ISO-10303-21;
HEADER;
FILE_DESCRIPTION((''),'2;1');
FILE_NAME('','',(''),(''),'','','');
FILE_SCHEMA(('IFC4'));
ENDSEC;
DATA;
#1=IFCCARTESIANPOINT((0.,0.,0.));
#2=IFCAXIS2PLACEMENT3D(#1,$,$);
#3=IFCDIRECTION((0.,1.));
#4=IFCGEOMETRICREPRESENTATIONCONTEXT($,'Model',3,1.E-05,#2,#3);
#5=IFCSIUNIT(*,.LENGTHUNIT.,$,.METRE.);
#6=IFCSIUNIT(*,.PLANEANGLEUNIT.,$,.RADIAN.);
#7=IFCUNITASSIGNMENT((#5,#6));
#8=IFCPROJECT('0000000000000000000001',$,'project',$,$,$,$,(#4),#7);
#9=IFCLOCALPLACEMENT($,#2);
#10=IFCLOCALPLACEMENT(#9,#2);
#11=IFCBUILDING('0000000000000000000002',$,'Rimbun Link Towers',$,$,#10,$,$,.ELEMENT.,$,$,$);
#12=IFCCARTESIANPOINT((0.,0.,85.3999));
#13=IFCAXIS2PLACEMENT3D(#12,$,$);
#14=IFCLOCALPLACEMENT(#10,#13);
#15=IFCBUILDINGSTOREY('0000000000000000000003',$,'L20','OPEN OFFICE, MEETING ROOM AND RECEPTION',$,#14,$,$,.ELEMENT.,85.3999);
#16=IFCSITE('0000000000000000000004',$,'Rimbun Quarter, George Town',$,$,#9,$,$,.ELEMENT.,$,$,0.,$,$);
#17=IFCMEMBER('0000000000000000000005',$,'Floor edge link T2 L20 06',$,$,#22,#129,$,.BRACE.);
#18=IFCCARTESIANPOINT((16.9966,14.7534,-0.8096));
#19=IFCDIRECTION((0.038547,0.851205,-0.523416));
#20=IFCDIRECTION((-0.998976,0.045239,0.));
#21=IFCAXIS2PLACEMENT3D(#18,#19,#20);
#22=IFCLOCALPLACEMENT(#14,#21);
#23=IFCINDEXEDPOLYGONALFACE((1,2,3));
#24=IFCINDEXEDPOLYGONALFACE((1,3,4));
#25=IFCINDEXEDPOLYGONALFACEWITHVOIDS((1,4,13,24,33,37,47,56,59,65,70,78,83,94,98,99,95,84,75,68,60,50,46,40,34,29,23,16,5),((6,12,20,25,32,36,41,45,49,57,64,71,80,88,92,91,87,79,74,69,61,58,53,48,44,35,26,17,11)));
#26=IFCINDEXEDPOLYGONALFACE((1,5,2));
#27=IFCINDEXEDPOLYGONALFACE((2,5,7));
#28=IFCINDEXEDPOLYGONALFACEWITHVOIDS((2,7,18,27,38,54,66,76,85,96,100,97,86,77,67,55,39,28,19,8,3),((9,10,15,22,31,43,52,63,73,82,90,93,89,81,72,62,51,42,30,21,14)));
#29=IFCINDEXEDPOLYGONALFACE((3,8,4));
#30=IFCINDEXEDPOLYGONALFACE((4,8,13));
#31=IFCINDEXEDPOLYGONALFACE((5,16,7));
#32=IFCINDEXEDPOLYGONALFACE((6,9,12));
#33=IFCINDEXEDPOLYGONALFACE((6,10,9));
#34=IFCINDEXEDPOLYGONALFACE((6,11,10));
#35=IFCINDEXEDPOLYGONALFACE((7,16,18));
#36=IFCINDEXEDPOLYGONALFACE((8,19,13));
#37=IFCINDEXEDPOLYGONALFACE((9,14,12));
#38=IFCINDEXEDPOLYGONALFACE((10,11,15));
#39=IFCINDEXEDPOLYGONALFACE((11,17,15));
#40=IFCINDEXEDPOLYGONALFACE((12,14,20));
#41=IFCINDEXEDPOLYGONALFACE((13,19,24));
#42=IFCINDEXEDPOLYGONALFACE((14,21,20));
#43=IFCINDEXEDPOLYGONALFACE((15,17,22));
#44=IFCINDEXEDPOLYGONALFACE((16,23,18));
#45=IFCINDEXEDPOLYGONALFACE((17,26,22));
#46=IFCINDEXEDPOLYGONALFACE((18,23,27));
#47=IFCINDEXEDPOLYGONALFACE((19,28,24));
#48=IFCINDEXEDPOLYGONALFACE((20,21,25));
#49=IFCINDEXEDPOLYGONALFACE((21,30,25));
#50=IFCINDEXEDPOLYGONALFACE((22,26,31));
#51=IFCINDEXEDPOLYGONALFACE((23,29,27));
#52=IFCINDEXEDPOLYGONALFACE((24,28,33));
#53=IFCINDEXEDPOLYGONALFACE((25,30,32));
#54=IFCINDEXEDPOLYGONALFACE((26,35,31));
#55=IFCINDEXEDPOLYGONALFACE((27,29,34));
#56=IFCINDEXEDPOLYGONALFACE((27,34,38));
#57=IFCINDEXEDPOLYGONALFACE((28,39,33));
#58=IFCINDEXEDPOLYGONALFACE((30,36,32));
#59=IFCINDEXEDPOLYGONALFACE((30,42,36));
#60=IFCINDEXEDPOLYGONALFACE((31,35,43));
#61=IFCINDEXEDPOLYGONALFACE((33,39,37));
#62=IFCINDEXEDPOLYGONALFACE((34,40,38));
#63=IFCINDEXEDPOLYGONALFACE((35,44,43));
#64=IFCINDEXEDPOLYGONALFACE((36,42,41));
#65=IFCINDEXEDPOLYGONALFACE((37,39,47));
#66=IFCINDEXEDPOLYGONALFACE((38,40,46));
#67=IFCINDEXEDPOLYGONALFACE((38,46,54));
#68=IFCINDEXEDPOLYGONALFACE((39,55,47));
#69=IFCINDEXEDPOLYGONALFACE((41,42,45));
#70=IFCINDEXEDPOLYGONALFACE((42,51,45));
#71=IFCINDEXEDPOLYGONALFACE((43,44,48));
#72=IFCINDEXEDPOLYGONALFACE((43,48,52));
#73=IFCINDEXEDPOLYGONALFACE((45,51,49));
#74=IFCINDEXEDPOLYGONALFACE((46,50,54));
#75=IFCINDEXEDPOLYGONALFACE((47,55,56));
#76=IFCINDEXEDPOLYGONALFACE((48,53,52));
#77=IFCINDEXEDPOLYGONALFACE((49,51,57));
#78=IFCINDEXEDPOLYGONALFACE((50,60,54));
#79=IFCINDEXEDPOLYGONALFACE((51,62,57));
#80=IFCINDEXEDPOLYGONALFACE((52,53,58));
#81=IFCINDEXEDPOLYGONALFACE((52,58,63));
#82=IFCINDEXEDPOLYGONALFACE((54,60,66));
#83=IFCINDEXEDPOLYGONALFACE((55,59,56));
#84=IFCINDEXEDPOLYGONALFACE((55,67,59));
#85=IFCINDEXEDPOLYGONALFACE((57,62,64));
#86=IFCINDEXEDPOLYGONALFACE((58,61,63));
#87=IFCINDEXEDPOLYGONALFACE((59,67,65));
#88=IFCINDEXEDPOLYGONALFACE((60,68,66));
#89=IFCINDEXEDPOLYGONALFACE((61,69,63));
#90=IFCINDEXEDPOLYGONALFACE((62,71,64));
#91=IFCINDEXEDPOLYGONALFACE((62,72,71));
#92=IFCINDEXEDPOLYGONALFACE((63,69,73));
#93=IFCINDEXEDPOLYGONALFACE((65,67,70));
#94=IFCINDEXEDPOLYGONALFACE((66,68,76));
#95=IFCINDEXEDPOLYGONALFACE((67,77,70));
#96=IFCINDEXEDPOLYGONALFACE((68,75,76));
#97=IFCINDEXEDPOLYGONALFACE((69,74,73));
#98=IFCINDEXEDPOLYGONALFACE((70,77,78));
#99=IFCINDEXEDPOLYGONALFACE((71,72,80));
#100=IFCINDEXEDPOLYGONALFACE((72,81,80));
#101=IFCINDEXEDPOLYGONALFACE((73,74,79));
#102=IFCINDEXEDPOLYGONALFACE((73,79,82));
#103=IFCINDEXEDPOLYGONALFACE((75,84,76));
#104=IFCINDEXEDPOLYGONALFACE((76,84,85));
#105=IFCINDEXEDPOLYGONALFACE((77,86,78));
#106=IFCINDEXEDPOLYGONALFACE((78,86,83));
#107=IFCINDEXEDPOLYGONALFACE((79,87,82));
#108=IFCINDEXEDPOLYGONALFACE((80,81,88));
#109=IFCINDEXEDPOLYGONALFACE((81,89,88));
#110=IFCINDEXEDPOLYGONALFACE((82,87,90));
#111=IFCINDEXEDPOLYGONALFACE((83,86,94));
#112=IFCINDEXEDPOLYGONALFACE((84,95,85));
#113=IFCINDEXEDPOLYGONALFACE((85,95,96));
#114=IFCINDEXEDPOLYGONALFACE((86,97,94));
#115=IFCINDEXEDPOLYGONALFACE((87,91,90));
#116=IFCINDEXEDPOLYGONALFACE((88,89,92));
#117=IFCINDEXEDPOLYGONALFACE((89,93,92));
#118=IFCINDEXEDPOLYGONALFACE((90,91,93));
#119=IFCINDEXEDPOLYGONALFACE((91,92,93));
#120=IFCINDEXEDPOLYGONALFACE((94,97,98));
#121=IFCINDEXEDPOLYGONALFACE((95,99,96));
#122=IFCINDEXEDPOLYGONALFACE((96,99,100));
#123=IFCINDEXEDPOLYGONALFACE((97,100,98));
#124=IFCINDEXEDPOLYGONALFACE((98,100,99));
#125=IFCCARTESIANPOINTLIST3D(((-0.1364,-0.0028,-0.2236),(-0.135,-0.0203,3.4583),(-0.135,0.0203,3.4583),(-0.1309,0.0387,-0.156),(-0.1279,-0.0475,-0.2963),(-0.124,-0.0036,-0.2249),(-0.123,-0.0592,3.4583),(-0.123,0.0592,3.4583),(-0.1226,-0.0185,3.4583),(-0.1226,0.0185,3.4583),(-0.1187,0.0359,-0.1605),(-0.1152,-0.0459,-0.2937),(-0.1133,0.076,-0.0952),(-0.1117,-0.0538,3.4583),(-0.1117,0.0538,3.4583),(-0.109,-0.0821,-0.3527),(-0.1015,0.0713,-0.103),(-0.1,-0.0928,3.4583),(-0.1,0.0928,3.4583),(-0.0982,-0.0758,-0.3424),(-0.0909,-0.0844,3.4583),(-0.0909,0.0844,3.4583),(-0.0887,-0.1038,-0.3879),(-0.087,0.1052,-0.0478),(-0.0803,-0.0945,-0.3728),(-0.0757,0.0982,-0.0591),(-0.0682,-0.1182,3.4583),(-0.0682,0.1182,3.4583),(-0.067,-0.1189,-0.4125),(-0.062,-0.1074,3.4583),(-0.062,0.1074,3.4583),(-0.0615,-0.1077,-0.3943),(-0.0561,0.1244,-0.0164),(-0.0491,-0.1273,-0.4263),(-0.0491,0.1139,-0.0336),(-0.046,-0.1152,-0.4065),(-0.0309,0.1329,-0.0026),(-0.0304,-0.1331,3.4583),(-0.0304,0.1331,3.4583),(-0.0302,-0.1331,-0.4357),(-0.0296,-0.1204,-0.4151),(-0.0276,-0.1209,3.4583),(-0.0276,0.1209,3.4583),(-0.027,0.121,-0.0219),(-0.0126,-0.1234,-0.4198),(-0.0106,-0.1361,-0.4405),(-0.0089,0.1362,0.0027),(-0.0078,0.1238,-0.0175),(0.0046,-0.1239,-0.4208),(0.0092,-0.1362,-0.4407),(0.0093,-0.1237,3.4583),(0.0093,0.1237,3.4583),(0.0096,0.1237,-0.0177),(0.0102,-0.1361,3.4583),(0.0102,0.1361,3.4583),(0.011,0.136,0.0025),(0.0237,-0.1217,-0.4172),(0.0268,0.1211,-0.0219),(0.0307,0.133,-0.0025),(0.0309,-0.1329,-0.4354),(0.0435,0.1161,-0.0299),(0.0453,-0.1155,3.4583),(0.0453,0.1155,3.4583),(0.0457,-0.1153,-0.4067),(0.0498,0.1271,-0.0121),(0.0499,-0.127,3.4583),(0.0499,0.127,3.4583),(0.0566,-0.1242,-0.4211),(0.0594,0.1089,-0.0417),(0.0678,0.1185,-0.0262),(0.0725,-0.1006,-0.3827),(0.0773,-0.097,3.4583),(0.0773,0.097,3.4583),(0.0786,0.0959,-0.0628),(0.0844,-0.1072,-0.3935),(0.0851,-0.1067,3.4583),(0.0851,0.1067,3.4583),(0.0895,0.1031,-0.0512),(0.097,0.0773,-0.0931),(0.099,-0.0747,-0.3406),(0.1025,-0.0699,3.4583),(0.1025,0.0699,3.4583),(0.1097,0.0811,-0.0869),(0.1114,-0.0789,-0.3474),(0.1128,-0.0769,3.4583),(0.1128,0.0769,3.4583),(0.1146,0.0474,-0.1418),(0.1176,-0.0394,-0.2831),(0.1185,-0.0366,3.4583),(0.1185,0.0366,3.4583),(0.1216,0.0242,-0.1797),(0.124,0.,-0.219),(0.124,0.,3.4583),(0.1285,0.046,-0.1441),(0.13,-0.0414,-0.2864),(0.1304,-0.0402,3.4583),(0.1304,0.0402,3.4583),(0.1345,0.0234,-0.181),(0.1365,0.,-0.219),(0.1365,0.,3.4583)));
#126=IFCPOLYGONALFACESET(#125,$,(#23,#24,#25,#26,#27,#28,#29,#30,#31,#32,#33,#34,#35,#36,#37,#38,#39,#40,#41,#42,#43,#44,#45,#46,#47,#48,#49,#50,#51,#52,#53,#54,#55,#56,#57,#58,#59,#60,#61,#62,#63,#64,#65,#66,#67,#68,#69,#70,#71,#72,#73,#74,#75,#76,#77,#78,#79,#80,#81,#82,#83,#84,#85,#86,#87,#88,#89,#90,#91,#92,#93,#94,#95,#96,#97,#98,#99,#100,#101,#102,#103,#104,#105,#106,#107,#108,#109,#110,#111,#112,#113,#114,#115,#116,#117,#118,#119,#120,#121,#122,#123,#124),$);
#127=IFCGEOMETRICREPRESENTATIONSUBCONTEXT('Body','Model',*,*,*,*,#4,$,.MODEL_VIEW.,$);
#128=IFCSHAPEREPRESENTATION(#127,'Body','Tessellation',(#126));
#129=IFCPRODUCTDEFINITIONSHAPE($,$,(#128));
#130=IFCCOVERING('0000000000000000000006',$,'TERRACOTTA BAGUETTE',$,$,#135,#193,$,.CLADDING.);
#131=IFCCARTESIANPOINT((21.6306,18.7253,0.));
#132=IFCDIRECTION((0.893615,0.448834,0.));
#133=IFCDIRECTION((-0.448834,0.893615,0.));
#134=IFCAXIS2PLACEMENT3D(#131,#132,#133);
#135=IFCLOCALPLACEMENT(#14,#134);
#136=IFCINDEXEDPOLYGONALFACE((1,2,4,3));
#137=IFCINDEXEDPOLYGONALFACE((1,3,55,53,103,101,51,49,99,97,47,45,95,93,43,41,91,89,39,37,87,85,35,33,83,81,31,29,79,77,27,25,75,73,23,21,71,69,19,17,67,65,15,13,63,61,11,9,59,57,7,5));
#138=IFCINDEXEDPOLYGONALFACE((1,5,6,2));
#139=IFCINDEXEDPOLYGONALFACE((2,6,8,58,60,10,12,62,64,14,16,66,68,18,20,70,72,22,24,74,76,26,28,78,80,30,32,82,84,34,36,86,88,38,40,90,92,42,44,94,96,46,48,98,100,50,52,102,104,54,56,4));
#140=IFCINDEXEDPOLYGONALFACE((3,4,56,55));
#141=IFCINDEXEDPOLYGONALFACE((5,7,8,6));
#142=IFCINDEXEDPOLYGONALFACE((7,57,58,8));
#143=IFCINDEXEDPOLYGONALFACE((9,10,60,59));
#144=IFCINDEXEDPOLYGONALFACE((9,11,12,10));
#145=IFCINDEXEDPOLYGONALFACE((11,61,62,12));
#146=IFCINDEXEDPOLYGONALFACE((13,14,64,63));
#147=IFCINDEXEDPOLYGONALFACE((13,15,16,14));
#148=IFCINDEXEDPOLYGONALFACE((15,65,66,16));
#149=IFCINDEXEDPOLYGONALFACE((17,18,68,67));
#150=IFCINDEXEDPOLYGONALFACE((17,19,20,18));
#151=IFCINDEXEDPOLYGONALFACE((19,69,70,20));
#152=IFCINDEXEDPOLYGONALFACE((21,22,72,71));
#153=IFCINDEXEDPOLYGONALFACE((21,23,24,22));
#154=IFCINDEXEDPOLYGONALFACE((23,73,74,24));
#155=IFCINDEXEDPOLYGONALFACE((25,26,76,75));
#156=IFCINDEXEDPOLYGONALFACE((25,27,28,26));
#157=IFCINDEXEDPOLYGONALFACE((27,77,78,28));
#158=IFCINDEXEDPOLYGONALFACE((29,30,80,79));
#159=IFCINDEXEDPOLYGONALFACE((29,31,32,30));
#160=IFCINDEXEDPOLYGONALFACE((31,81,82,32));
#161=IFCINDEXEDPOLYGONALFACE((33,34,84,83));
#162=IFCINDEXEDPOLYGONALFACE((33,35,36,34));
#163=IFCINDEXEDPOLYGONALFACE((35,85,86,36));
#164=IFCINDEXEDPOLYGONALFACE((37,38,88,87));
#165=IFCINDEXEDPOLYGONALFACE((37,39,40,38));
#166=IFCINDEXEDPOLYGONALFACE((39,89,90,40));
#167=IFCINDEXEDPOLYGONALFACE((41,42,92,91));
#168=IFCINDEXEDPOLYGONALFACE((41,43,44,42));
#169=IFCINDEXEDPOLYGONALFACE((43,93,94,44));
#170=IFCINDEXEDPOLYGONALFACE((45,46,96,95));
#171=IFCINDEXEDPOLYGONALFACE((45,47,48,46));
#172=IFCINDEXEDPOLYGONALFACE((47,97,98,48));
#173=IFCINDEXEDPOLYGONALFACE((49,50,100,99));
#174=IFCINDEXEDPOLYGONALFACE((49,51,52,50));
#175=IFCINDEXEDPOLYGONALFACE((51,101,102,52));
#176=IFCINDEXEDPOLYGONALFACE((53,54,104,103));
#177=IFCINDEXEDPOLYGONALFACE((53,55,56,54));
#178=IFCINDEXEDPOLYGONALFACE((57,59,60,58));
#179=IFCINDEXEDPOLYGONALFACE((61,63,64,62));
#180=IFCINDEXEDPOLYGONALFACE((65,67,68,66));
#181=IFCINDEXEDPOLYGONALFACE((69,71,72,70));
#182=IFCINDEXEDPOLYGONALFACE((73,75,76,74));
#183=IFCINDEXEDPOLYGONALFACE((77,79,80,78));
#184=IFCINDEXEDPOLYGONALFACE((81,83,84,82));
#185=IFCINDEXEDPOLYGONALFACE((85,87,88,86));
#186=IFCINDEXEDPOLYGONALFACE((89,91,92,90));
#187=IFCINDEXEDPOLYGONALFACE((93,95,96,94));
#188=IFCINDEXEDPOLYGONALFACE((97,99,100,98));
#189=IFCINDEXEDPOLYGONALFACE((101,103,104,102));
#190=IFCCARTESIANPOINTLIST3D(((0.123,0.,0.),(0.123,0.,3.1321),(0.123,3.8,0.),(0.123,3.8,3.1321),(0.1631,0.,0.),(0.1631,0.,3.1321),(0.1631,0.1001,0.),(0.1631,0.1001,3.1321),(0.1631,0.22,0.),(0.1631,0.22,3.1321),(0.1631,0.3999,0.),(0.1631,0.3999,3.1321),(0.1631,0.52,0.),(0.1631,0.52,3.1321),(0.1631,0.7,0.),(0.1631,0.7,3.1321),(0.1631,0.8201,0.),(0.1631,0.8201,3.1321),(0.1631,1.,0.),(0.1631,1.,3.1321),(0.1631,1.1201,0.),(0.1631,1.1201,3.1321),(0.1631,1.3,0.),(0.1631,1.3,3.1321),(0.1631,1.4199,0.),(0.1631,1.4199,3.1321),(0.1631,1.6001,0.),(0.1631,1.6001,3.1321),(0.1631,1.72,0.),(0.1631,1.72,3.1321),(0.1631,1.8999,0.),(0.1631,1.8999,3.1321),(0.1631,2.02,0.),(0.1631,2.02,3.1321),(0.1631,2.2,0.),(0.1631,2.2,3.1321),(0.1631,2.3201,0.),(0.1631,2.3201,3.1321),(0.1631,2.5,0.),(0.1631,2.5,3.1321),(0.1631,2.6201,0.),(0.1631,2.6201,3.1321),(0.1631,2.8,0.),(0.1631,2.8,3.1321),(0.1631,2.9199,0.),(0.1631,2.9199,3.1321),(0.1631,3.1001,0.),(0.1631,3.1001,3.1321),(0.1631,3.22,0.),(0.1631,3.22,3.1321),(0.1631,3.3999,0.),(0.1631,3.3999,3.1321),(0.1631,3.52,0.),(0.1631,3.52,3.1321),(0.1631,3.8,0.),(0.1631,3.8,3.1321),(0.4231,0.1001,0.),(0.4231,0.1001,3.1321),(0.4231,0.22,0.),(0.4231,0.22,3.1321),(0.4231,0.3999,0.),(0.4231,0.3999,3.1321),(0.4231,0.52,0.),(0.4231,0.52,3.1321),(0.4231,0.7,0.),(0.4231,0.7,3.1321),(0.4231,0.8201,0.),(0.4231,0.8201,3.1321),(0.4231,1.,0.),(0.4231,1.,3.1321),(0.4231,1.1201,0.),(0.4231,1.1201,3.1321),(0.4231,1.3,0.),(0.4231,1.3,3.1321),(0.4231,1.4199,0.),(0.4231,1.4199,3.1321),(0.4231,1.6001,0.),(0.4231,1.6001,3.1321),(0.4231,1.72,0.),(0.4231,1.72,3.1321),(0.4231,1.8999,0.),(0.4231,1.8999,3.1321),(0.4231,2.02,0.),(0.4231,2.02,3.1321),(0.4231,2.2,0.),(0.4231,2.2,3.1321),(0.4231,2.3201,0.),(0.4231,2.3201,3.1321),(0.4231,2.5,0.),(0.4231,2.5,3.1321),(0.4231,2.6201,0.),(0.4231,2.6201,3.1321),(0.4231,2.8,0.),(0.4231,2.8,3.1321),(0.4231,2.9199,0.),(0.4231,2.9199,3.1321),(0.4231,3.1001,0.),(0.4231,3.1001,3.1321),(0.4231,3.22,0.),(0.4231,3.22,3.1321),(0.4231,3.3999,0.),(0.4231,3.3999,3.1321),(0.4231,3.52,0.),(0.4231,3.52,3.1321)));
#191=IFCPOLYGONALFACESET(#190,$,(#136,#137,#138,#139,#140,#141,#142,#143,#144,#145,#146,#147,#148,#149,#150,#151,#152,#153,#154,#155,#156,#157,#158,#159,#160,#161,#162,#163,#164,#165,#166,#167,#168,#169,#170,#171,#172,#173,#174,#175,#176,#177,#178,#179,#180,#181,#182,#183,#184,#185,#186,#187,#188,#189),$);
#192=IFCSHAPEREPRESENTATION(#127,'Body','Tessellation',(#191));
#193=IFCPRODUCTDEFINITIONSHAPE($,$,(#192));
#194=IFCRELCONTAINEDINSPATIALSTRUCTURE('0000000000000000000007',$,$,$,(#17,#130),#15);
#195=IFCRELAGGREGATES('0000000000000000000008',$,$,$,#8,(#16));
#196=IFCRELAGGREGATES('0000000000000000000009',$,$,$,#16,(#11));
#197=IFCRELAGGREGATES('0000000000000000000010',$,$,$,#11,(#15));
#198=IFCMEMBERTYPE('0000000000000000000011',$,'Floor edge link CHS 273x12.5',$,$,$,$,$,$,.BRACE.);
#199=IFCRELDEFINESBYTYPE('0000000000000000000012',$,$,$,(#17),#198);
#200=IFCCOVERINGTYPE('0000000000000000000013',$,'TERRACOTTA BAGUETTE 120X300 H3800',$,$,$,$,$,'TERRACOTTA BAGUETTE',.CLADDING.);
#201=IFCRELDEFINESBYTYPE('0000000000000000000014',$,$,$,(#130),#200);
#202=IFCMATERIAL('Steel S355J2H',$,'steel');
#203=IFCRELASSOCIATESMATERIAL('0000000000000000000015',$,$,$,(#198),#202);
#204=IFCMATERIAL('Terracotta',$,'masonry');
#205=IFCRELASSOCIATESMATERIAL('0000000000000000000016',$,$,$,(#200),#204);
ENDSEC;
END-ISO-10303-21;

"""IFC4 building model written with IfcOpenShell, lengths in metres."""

from ifc_helpers import new_model, si_unit, direction, frame, origin, origin_2d, place, context, subcontext, project, spatial, polyline, hollow_circle, outline, extrude, clip, halfspace, material, material_profile, profile_set, type_object, element, save


model = new_model("IFC4")

# Units and contexts
model_context = context("Model", 3, precision=1e-05, world=origin(), true_north=direction((0.0, 1.0)))
body_context = subcontext(model_context, "Body", "Model", "MODEL_VIEW")
ifc_project = project(units=[si_unit("LENGTHUNIT", "METRE"), si_unit("PLANEANGLEUNIT", "RADIAN")], contexts=[model_context])

# Site, building, storey
site_placement = place(None, origin())
site = spatial("IfcSite", under=ifc_project, at=site_placement, Name="Rimbun Quarter, George Town", CompositionType="ELEMENT", RefElevation=0.0)
building_placement = place(site_placement, origin())
building = spatial("IfcBuilding", under=site, at=building_placement, Name="Rimbun Link Towers", CompositionType="ELEMENT")
storey_placement = place(building_placement, frame((0.0, 0.0, 85.3999)))
storey = spatial("IfcBuildingStorey", under=building, at=storey_placement, Name="L20", Description="OPEN OFFICE, MEETING ROOM AND RECEPTION", CompositionType="ELEMENT", Elevation=85.3999)

# Member
ifc_material_1 = material(Name="Steel S355J2H", Category="steel")
ifc_material_profile_1 = material_profile(ifc_material_1, hollow_circle(Radius=0.1365, WallThickness=0.0125, at=origin_2d()), Name="CHS 273x12.5")
ifc_profile_set_1 = profile_set([ifc_material_profile_1], Name="Steel S355J2H")
member_type_1 = type_object("IfcMemberType", Name="Floor edge link CHS 273x12.5", PredefinedType="BRACE", material=ifc_profile_set_1)
member_1_placement = place(storey_placement, frame((16.9966, 14.7534, -0.8096), z_axis=(0.038547, 0.851205, -0.523416), x_axis=(-0.998976, 0.045239, 0.0)))
element("IfcMember", 1, at=member_1_placement, inside=storey, type_object=member_type_1, Name="Floor edge link T2 L20 06", PredefinedType="BRACE", context=body_context, shape_type="Clipping", body=[
    clip(extrude(hollow_circle(Radius=0.1365, WallThickness=0.0125, at=origin_2d()), frame((0.0, 0.0, -0.4634)), (0.0, 0.0, 1.0), 3.9216), halfspace(frame((0.0, 0.0, -0.219), z_axis=(0.0, 0.852077, -0.523416)), False)),
])

# Covering
ifc_material_2 = material(Name="Terracotta", Category="masonry")
ifc_material_profile_2 = material_profile(ifc_material_2, outline(polyline([(0.123, 0.0), (0.1631, 0.0), (0.1631, 0.1001), (0.4231, 0.1001), (0.4231, 0.22), (0.1631, 0.22), (0.1631, 0.3999), (0.4231, 0.3999), (0.4231, 0.52), (0.1631, 0.52), (0.1631, 0.7), (0.4231, 0.7), (0.4231, 0.8201), (0.1631, 0.8201), (0.1631, 1.0), (0.4231, 1.0), (0.4231, 1.1201), (0.1631, 1.1201), (0.1631, 1.3), (0.4231, 1.3), (0.4231, 1.4199), (0.1631, 1.4199), (0.1631, 1.6001), (0.4231, 1.6001), (0.4231, 1.72), (0.1631, 1.72), (0.1631, 1.8999), (0.4231, 1.8999), (0.4231, 2.02), (0.1631, 2.02), (0.1631, 2.2), (0.4231, 2.2), (0.4231, 2.3201), (0.1631, 2.3201), (0.1631, 2.5), (0.4231, 2.5), (0.4231, 2.6201), (0.1631, 2.6201), (0.1631, 2.8), (0.4231, 2.8), (0.4231, 2.9199), (0.1631, 2.9199), (0.1631, 3.1001), (0.4231, 3.1001), (0.4231, 3.22), (0.1631, 3.22), (0.1631, 3.3999), (0.4231, 3.3999), (0.4231, 3.52), (0.1631, 3.52), (0.1631, 3.8), (0.123, 3.8), (0.123, 0.0)])), Name="BAGUETTE 120X300")
ifc_profile_set_2 = profile_set([ifc_material_profile_2], Name="Terracotta")
covering_type = type_object("IfcCoveringType", Name="TERRACOTTA BAGUETTE 120X300 H3800", ElementType="TERRACOTTA BAGUETTE", PredefinedType="CLADDING", material=ifc_profile_set_2)
covering_1_placement = place(storey_placement, frame((21.6306, 18.7253, 0.0), z_axis=(0.893615, 0.448834, 0.0), x_axis=(-0.448834, 0.893615, 0.0)))
element("IfcCovering", 2, at=covering_1_placement, inside=storey, type_object=covering_type, Name="TERRACOTTA BAGUETTE", PredefinedType="CLADDING", context=body_context, shape_type="SweptSolid", body=[
    extrude(outline(polyline([(0.123, 0.0), (0.1631, 0.0), (0.1631, 0.1001), (0.4231, 0.1001), (0.4231, 0.22), (0.1631, 0.22), (0.1631, 0.3999), (0.4231, 0.3999), (0.4231, 0.52), (0.1631, 0.52), (0.1631, 0.7), (0.4231, 0.7), (0.4231, 0.8201), (0.1631, 0.8201), (0.1631, 1.0), (0.4231, 1.0), (0.4231, 1.1201), (0.1631, 1.1201), (0.1631, 1.3), (0.4231, 1.3), (0.4231, 1.4199), (0.1631, 1.4199), (0.1631, 1.6001), (0.4231, 1.6001), (0.4231, 1.72), (0.1631, 1.72), (0.1631, 1.8999), (0.4231, 1.8999), (0.4231, 2.02), (0.1631, 2.02), (0.1631, 2.2), (0.4231, 2.2), (0.4231, 2.3201), (0.1631, 2.3201), (0.1631, 2.5), (0.4231, 2.5), (0.4231, 2.6201), (0.1631, 2.6201), (0.1631, 2.8), (0.4231, 2.8), (0.4231, 2.9199), (0.1631, 2.9199), (0.1631, 3.1001), (0.4231, 3.1001), (0.4231, 3.22), (0.1631, 3.22), (0.1631, 3.3999), (0.4231, 3.3999), (0.4231, 3.52), (0.1631, 3.52), (0.1631, 3.8), (0.123, 3.8), (0.123, 0.0)])), origin(), (0.0, 0.0, 1.0), 3.1321),
])

save(model, "model.ifc")
